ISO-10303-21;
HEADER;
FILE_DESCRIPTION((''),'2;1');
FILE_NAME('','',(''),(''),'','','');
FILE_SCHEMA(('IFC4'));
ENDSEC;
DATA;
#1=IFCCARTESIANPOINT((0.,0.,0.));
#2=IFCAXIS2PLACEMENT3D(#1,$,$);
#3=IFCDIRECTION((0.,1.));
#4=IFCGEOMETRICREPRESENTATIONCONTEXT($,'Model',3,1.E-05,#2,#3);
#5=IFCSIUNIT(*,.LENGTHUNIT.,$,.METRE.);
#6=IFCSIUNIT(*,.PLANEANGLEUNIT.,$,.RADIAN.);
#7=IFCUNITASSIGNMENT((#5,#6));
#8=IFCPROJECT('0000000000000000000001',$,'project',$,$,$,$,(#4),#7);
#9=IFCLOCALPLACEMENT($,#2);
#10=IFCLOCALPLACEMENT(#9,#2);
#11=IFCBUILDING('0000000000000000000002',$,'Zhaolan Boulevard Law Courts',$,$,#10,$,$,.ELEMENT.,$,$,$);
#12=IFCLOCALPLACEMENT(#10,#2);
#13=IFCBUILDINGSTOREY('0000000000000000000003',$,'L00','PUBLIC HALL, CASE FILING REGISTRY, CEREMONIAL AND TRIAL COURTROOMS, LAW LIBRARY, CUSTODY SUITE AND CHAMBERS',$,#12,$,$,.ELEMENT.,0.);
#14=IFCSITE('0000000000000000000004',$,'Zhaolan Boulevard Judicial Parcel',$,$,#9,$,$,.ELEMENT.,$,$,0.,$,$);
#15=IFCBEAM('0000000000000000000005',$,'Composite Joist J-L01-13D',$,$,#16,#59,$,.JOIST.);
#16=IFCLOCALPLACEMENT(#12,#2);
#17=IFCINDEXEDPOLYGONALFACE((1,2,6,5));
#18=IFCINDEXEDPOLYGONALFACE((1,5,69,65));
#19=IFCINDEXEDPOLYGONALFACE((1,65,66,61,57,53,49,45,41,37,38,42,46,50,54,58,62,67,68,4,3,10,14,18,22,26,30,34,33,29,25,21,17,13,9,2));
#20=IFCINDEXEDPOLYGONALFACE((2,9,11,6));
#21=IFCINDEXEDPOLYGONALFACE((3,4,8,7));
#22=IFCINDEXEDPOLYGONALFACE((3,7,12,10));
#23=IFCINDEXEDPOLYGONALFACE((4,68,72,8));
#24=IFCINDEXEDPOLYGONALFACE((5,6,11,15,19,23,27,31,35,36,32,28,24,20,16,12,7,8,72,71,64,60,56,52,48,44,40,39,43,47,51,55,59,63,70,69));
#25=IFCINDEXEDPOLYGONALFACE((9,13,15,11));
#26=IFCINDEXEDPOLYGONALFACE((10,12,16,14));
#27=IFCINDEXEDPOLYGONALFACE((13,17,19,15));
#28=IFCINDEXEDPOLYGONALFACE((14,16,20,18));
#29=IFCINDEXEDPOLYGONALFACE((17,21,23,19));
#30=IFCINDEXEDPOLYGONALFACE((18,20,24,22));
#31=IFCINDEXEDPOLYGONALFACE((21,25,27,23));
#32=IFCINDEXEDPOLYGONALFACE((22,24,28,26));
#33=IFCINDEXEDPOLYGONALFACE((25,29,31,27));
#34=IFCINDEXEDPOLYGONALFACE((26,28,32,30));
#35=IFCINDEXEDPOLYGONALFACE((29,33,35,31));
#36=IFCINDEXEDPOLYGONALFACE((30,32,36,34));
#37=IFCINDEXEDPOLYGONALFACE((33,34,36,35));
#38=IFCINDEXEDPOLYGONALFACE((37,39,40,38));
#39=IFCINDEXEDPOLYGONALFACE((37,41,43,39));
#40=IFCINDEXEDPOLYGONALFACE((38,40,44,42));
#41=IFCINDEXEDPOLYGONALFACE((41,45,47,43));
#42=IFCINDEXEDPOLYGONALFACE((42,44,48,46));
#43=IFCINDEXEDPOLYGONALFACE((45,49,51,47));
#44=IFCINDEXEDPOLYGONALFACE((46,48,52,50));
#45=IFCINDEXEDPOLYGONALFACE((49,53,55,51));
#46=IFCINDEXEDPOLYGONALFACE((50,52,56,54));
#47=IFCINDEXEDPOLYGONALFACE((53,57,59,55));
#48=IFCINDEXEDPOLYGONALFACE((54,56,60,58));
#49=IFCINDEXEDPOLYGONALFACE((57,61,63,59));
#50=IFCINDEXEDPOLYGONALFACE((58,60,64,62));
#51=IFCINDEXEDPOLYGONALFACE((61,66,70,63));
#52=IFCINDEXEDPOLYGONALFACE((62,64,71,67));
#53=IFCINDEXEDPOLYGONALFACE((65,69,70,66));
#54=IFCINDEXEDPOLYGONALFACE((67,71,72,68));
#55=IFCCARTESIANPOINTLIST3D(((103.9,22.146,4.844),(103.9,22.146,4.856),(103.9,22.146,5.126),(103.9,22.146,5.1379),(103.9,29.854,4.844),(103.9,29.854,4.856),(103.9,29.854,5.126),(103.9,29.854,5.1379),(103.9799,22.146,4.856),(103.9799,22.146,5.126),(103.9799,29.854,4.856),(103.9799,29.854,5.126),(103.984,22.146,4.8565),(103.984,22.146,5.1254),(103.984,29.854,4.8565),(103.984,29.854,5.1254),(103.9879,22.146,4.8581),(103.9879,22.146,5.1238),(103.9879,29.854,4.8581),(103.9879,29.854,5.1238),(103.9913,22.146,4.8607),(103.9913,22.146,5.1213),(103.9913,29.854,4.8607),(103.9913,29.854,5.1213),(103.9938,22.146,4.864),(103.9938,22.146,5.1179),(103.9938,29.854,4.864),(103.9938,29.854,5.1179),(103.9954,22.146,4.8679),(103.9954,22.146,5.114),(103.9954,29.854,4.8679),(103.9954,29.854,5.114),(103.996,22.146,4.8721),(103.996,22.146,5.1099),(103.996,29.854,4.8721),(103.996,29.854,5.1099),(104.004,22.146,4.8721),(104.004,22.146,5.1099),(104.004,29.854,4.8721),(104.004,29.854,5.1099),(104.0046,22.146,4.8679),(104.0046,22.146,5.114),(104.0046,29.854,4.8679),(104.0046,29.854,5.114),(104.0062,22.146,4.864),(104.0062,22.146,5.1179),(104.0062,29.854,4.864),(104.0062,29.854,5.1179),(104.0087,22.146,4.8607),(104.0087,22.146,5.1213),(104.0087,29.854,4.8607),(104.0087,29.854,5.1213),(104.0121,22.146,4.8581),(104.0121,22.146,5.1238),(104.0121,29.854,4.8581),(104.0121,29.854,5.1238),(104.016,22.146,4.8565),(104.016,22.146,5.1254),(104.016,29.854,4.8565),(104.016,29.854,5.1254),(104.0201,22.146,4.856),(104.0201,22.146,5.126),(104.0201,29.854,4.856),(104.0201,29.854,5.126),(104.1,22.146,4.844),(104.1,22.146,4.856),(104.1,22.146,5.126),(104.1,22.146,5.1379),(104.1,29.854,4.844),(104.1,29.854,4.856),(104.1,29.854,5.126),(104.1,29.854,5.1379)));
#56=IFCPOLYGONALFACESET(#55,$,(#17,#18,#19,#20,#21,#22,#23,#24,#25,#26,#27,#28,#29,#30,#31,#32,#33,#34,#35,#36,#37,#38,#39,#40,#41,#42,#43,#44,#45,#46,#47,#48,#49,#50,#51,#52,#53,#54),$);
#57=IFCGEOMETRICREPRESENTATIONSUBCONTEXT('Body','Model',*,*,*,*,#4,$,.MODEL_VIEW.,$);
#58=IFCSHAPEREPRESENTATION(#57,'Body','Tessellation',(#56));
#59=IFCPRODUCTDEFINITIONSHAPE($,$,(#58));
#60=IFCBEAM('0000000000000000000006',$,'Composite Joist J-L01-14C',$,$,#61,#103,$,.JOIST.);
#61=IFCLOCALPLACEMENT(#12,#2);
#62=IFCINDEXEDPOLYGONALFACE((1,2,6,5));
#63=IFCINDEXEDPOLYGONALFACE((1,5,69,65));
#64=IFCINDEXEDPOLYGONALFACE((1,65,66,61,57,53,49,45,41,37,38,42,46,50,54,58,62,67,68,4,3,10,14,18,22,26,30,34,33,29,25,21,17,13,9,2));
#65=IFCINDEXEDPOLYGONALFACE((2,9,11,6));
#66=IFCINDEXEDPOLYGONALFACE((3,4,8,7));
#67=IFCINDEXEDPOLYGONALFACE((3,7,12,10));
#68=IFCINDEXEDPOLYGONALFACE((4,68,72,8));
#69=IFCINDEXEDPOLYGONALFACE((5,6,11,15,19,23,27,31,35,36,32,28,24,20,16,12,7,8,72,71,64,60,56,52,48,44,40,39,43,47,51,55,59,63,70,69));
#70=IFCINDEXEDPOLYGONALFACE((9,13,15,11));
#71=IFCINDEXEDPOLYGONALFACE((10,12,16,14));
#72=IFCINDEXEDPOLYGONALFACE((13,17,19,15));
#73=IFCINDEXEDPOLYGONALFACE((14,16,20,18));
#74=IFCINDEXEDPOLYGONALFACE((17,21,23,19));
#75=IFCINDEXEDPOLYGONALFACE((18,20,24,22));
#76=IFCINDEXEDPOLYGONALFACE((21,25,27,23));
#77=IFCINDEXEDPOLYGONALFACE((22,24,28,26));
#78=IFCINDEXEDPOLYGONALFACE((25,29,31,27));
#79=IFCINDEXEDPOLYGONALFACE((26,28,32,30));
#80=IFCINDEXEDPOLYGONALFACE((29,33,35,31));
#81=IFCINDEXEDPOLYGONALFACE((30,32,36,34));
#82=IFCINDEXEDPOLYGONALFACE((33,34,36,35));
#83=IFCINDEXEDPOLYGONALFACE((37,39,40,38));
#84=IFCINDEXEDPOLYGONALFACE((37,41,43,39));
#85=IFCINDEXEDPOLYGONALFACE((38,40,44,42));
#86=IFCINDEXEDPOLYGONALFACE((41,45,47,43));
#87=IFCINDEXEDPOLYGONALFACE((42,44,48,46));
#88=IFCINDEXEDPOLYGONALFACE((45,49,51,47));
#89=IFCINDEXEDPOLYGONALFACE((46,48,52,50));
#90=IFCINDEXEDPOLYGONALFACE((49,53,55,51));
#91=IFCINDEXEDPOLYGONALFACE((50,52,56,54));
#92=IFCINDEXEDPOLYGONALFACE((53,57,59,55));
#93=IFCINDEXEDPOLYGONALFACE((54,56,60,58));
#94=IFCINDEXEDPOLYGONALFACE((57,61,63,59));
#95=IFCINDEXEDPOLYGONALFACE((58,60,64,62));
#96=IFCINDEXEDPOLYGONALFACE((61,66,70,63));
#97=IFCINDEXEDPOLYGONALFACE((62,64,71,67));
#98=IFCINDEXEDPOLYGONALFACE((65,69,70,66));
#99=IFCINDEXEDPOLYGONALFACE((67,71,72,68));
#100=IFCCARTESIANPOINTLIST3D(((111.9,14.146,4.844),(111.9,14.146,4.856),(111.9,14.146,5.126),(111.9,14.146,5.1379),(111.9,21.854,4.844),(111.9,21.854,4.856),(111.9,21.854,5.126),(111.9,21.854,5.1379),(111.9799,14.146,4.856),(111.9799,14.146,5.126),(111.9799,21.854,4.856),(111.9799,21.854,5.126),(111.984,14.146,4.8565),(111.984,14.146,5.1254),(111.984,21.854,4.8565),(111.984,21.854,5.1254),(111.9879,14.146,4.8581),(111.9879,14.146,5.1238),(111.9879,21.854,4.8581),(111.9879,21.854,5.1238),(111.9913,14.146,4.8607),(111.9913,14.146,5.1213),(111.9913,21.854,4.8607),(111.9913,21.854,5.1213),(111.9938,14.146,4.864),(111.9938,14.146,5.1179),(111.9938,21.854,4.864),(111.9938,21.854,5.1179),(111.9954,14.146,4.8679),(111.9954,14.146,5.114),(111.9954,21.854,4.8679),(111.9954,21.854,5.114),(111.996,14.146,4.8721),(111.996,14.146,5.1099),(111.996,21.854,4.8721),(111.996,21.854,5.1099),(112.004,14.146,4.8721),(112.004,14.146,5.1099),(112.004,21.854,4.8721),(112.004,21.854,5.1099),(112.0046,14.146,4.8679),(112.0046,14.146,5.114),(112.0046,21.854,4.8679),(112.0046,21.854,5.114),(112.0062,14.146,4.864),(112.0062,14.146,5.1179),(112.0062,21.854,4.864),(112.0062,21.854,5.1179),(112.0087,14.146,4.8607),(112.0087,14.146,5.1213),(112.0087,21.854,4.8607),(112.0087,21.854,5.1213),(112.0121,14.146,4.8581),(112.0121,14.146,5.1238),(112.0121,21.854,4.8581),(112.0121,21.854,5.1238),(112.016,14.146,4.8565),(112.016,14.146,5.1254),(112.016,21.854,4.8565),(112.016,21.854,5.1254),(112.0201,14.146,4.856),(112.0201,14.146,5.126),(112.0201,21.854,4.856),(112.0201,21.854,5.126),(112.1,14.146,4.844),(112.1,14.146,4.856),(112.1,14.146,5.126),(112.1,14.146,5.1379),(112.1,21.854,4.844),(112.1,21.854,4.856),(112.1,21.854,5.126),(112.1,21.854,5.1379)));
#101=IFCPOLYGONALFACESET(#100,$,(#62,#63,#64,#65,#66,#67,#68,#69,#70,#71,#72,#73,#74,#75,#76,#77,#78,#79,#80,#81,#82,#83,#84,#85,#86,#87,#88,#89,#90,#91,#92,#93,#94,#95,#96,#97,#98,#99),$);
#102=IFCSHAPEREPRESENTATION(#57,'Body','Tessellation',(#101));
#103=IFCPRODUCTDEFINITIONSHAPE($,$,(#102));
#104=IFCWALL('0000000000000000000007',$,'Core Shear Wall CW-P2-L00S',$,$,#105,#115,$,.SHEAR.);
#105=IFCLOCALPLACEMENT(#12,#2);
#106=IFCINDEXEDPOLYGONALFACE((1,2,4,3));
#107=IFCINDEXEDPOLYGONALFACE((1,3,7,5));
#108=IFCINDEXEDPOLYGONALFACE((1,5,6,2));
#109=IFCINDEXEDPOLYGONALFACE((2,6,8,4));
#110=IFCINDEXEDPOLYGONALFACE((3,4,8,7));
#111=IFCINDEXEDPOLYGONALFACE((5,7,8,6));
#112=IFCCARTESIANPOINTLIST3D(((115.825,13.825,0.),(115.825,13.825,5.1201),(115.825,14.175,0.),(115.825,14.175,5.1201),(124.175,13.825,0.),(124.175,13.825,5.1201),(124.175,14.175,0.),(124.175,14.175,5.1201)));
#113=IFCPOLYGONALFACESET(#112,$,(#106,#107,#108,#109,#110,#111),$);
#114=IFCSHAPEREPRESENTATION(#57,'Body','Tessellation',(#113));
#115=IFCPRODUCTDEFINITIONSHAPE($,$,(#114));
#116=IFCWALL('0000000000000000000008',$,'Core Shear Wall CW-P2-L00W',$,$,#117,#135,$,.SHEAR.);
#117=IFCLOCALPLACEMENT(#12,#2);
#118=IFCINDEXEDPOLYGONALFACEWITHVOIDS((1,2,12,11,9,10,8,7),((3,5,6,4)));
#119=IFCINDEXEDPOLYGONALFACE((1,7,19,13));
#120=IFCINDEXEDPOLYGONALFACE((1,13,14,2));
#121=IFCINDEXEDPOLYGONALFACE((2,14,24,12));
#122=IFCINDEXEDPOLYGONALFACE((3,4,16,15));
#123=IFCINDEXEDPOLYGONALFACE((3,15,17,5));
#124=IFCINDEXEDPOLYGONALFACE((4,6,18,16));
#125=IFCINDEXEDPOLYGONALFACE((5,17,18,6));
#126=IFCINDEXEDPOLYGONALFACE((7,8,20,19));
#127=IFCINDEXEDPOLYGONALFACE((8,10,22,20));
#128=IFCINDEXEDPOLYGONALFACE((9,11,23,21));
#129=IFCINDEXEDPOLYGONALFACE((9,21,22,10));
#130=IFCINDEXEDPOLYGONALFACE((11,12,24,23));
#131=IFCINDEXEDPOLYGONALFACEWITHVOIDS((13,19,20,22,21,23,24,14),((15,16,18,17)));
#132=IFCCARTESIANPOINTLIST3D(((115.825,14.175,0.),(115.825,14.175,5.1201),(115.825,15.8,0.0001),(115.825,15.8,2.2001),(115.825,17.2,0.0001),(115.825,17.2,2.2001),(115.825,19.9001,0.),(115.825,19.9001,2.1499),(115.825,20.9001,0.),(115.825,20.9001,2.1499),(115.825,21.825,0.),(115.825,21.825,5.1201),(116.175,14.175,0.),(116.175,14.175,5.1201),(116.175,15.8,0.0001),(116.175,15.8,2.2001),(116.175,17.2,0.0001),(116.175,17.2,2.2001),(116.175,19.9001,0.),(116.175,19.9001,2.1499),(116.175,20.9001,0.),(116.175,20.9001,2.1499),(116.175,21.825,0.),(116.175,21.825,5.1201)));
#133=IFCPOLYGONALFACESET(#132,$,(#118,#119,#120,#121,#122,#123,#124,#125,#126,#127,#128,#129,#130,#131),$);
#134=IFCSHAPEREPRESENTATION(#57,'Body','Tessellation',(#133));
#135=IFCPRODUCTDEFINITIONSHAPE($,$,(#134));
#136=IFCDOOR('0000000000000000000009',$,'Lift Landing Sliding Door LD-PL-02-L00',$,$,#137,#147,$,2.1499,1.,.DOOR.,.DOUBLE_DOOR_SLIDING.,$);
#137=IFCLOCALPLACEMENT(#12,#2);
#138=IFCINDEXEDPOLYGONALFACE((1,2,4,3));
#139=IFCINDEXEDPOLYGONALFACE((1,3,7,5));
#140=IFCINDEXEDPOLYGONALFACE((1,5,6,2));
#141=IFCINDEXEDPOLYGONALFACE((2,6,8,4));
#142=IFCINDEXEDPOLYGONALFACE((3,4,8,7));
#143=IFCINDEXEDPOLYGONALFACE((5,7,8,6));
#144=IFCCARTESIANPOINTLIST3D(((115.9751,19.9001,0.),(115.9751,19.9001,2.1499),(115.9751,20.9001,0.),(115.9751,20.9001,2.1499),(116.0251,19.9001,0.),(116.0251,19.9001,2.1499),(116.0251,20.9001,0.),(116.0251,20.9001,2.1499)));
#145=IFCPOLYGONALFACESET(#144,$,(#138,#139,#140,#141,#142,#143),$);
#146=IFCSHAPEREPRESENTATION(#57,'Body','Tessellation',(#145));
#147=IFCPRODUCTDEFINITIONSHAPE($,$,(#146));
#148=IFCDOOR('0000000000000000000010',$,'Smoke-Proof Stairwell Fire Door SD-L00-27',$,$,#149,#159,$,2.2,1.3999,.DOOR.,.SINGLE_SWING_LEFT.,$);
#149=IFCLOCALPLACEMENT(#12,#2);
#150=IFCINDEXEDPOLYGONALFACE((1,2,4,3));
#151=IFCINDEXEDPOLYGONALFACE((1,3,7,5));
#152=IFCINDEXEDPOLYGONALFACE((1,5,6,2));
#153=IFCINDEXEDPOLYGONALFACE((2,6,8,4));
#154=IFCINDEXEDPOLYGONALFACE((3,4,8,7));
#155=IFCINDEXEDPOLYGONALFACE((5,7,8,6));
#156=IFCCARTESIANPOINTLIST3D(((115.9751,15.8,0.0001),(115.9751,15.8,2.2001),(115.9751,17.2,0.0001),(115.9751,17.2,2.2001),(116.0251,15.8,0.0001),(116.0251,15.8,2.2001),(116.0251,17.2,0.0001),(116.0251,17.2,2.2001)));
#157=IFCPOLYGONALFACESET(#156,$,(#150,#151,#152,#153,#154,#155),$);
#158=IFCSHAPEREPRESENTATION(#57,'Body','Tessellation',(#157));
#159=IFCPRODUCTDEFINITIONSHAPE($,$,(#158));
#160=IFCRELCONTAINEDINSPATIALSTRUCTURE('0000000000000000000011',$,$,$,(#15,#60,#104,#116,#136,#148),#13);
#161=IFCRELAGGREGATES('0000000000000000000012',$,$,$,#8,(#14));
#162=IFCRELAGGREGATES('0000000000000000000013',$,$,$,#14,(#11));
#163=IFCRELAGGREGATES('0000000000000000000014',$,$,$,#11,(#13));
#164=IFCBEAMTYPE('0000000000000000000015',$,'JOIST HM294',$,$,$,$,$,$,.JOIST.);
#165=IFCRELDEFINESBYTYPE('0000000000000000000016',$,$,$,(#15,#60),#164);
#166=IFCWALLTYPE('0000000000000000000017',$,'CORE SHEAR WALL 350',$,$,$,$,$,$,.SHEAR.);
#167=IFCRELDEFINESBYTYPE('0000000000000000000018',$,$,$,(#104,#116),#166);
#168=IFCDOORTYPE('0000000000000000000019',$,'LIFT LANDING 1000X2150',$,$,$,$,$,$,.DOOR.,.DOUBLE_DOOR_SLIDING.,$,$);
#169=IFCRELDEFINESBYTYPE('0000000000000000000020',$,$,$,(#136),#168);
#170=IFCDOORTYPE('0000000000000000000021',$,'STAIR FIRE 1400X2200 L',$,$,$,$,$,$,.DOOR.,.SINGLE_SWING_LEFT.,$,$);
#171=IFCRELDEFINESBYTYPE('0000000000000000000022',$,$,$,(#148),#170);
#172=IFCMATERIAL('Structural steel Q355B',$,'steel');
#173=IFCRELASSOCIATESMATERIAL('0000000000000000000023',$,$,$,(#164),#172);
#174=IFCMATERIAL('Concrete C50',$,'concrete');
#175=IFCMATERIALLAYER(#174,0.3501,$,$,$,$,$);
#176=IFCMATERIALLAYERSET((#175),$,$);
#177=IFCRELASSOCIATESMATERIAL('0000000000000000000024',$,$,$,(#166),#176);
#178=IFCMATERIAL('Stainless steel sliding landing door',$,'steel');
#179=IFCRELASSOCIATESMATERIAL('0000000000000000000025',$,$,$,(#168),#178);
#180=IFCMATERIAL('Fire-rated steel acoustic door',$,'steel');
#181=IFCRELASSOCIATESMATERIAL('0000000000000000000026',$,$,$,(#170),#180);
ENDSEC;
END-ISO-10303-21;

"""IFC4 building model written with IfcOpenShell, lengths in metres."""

from ifc_helpers import new_model, si_unit, direction, frame, frame_2d, origin, origin_2d, place, context, subcontext, project, spatial, rectangle, i_section, extrude, material, layer, layer_set, material_profile, profile_set, type_object, element, fill, save


model = new_model("IFC4")

# Units and contexts
model_context = context("Model", 3, precision=1e-05, world=origin(), true_north=direction((0.0, 1.0)))
body_context = subcontext(model_context, "Body", "Model", "MODEL_VIEW")
ifc_project = project(units=[si_unit("LENGTHUNIT", "METRE"), si_unit("PLANEANGLEUNIT", "RADIAN")], contexts=[model_context])

# Site, building, storey
site_placement = place(None, origin())
site = spatial("IfcSite", under=ifc_project, at=site_placement, Name="Zhaolan Boulevard Judicial Parcel", CompositionType="ELEMENT", RefElevation=0.0)
building_placement = place(site_placement, origin())
building = spatial("IfcBuilding", under=site, at=building_placement, Name="Zhaolan Boulevard Law Courts", CompositionType="ELEMENT")
storey_placement = place(building_placement, origin())
storey = spatial("IfcBuildingStorey", under=building, at=storey_placement, Name="L00", Description="PUBLIC HALL, CASE FILING REGISTRY, CEREMONIAL AND TRIAL COURTROOMS, LAW LIBRARY, CUSTODY SUITE AND CHAMBERS", CompositionType="ELEMENT", Elevation=0.0)

# Beams
ifc_material_1 = material(Name="Structural steel Q355B", Category="steel")
ifc_material_profile_1 = material_profile(ifc_material_1, i_section(OverallWidth=0.2, OverallDepth=0.2939, WebThickness=0.0081, FlangeThickness=0.012, FilletRadius=0.0161, at=origin_2d()), Name="HM294x200")
ifc_profile_set_1 = profile_set([ifc_material_profile_1], Name="Structural steel Q355B")
beam_type_1 = type_object("IfcBeamType", Name="JOIST HM294", PredefinedType="JOIST", material=ifc_profile_set_1)
for number, where, z_axis, x_axis, name in (
    (1, (104.0, 22.146, 4.991), (0.0, 1.0, 0.0), (-1.0, 0.0, 0.0), "Composite Joist J-L01-13D"),
    (2, (112.0, 14.146, 4.991), (0.0, 1.0, 0.0), (-1.0, 0.0, 0.0), "Composite Joist J-L01-14C"),
):
    element("IfcBeam", number, at=place(storey_placement, frame(where, z_axis=z_axis, x_axis=x_axis)), inside=storey, type_object=beam_type_1, Name=name, PredefinedType="JOIST", context=body_context, shape_type="SweptSolid", body=[
        extrude(i_section(OverallWidth=0.2, OverallDepth=0.2939, WebThickness=0.0081, FlangeThickness=0.012, FilletRadius=0.0161, at=origin_2d()), origin(), (0.0, 0.0, 1.0), 7.708),
    ])

# Wall
ifc_material_2 = material(Name="Concrete C50", Category="concrete")
ifc_layer_1 = layer(ifc_material_2, 0.3501)
ifc_layer_set_1 = layer_set([ifc_layer_1])
wall_type_1 = type_object("IfcWallType", Name="CORE SHEAR WALL 350", PredefinedType="SHEAR", material=ifc_layer_set_1)
wall_1_placement = place(storey_placement, frame((115.825, 14.0, 0.0), z_axis=(0.0, 0.0, 1.0), x_axis=(1.0, 0.0, 0.0)))
element("IfcWall", 3, at=wall_1_placement, inside=storey, type_object=wall_type_1, Name="Core Shear Wall CW-P2-L00S", PredefinedType="SHEAR", context=body_context, shape_type="SweptSolid", body=[
    extrude(rectangle(XDim=8.3501, YDim=0.3501, at=frame_2d((4.175, 0.0))), origin(), (0.0, 0.0, 1.0), 5.1201),
])

# Wall, openings, doors
wall_2_placement = place(storey_placement, frame((116.0, 14.175, 0.0), z_axis=(0.0, 0.0, 1.0), x_axis=(0.0, 1.0, 0.0)))
wall_2 = element("IfcWall", 4, at=wall_2_placement, inside=storey, type_object=wall_type_1, Name="Core Shear Wall CW-P2-L00W", PredefinedType="SHEAR", context=body_context, shape_type="SweptSolid", body=[
    extrude(rectangle(XDim=7.6499, YDim=0.3501, at=frame_2d((3.825, 0.0))), origin(), (0.0, 0.0, 1.0), 5.1201),
])
opening_1_placement = place(wall_2_placement, frame((1.625, 0.0, 0.0)))
opening_1 = element("IfcOpeningElement", 5, at=opening_1_placement, cuts=wall_2, PredefinedType="OPENING", context=body_context, shape_type="SweptSolid", body=[
    extrude(rectangle(XDim=1.3999, YDim=2.2, at=frame_2d((0.7, 1.1001))), frame((0.0, 0.1851, 0.0), z_axis=(0.0, -1.0, 0.0), x_axis=(1.0, 0.0, 0.0)), (0.0, 0.0, 1.0), 0.3701),
])
opening_2_placement = place(wall_2_placement, frame((5.7251, 0.0, 0.0)))
opening_2 = element("IfcOpeningElement", 6, at=opening_2_placement, cuts=wall_2, PredefinedType="OPENING", context=body_context, shape_type="SweptSolid", body=[
    extrude(rectangle(XDim=1.0, YDim=2.1499, at=frame_2d((0.5, 1.075))), frame((0.0, 0.1851, 0.0), z_axis=(0.0, -1.0, 0.0), x_axis=(1.0, 0.0, 0.0)), (0.0, 0.0, 1.0), 0.3701),
])
ifc_material_3 = material(Name="Stainless steel sliding landing door", Category="steel")
door_type_1 = type_object("IfcDoorType", Name="LIFT LANDING 1000X2150", OperationType="DOUBLE_DOOR_SLIDING", PredefinedType="DOOR", material=ifc_material_3)
door_1_placement = place(opening_2_placement, origin())
door_1 = element("IfcDoor", 7, at=door_1_placement, inside=storey, type_object=door_type_1, Name="Lift Landing Sliding Door LD-PL-02-L00", OperationType="DOUBLE_DOOR_SLIDING", OverallHeight=2.1499, OverallWidth=1.0, PredefinedType="DOOR", context=body_context, shape_type="SweptSolid", body=[
    extrude(rectangle(XDim=1.0, YDim=2.1499, at=frame_2d((0.5, 1.075))), frame((0.0, 0.0249, 0.0), z_axis=(0.0, -1.0, 0.0), x_axis=(1.0, 0.0, 0.0)), (0.0, 0.0, 1.0), 0.05),
])
fill(opening_2, door_1)
ifc_material_4 = material(Name="Fire-rated steel acoustic door", Category="steel")
door_type_2 = type_object("IfcDoorType", Name="STAIR FIRE 1400X2200 L", OperationType="SINGLE_SWING_LEFT", PredefinedType="DOOR", material=ifc_material_4)
door_2_placement = place(opening_1_placement, origin())
door_2 = element("IfcDoor", 8, at=door_2_placement, inside=storey, type_object=door_type_2, Name="Smoke-Proof Stairwell Fire Door SD-L00-27", OperationType="SINGLE_SWING_LEFT", OverallHeight=2.2, OverallWidth=1.3999, PredefinedType="DOOR", context=body_context, shape_type="SweptSolid", body=[
    extrude(rectangle(XDim=1.3999, YDim=2.2, at=frame_2d((0.7, 1.1001))), frame((0.0, 0.0249, 0.0), z_axis=(0.0, -1.0, 0.0), x_axis=(1.0, 0.0, 0.0)), (0.0, 0.0, 1.0), 0.05),
])
fill(opening_1, door_2)

save(model, "model.ifc")
